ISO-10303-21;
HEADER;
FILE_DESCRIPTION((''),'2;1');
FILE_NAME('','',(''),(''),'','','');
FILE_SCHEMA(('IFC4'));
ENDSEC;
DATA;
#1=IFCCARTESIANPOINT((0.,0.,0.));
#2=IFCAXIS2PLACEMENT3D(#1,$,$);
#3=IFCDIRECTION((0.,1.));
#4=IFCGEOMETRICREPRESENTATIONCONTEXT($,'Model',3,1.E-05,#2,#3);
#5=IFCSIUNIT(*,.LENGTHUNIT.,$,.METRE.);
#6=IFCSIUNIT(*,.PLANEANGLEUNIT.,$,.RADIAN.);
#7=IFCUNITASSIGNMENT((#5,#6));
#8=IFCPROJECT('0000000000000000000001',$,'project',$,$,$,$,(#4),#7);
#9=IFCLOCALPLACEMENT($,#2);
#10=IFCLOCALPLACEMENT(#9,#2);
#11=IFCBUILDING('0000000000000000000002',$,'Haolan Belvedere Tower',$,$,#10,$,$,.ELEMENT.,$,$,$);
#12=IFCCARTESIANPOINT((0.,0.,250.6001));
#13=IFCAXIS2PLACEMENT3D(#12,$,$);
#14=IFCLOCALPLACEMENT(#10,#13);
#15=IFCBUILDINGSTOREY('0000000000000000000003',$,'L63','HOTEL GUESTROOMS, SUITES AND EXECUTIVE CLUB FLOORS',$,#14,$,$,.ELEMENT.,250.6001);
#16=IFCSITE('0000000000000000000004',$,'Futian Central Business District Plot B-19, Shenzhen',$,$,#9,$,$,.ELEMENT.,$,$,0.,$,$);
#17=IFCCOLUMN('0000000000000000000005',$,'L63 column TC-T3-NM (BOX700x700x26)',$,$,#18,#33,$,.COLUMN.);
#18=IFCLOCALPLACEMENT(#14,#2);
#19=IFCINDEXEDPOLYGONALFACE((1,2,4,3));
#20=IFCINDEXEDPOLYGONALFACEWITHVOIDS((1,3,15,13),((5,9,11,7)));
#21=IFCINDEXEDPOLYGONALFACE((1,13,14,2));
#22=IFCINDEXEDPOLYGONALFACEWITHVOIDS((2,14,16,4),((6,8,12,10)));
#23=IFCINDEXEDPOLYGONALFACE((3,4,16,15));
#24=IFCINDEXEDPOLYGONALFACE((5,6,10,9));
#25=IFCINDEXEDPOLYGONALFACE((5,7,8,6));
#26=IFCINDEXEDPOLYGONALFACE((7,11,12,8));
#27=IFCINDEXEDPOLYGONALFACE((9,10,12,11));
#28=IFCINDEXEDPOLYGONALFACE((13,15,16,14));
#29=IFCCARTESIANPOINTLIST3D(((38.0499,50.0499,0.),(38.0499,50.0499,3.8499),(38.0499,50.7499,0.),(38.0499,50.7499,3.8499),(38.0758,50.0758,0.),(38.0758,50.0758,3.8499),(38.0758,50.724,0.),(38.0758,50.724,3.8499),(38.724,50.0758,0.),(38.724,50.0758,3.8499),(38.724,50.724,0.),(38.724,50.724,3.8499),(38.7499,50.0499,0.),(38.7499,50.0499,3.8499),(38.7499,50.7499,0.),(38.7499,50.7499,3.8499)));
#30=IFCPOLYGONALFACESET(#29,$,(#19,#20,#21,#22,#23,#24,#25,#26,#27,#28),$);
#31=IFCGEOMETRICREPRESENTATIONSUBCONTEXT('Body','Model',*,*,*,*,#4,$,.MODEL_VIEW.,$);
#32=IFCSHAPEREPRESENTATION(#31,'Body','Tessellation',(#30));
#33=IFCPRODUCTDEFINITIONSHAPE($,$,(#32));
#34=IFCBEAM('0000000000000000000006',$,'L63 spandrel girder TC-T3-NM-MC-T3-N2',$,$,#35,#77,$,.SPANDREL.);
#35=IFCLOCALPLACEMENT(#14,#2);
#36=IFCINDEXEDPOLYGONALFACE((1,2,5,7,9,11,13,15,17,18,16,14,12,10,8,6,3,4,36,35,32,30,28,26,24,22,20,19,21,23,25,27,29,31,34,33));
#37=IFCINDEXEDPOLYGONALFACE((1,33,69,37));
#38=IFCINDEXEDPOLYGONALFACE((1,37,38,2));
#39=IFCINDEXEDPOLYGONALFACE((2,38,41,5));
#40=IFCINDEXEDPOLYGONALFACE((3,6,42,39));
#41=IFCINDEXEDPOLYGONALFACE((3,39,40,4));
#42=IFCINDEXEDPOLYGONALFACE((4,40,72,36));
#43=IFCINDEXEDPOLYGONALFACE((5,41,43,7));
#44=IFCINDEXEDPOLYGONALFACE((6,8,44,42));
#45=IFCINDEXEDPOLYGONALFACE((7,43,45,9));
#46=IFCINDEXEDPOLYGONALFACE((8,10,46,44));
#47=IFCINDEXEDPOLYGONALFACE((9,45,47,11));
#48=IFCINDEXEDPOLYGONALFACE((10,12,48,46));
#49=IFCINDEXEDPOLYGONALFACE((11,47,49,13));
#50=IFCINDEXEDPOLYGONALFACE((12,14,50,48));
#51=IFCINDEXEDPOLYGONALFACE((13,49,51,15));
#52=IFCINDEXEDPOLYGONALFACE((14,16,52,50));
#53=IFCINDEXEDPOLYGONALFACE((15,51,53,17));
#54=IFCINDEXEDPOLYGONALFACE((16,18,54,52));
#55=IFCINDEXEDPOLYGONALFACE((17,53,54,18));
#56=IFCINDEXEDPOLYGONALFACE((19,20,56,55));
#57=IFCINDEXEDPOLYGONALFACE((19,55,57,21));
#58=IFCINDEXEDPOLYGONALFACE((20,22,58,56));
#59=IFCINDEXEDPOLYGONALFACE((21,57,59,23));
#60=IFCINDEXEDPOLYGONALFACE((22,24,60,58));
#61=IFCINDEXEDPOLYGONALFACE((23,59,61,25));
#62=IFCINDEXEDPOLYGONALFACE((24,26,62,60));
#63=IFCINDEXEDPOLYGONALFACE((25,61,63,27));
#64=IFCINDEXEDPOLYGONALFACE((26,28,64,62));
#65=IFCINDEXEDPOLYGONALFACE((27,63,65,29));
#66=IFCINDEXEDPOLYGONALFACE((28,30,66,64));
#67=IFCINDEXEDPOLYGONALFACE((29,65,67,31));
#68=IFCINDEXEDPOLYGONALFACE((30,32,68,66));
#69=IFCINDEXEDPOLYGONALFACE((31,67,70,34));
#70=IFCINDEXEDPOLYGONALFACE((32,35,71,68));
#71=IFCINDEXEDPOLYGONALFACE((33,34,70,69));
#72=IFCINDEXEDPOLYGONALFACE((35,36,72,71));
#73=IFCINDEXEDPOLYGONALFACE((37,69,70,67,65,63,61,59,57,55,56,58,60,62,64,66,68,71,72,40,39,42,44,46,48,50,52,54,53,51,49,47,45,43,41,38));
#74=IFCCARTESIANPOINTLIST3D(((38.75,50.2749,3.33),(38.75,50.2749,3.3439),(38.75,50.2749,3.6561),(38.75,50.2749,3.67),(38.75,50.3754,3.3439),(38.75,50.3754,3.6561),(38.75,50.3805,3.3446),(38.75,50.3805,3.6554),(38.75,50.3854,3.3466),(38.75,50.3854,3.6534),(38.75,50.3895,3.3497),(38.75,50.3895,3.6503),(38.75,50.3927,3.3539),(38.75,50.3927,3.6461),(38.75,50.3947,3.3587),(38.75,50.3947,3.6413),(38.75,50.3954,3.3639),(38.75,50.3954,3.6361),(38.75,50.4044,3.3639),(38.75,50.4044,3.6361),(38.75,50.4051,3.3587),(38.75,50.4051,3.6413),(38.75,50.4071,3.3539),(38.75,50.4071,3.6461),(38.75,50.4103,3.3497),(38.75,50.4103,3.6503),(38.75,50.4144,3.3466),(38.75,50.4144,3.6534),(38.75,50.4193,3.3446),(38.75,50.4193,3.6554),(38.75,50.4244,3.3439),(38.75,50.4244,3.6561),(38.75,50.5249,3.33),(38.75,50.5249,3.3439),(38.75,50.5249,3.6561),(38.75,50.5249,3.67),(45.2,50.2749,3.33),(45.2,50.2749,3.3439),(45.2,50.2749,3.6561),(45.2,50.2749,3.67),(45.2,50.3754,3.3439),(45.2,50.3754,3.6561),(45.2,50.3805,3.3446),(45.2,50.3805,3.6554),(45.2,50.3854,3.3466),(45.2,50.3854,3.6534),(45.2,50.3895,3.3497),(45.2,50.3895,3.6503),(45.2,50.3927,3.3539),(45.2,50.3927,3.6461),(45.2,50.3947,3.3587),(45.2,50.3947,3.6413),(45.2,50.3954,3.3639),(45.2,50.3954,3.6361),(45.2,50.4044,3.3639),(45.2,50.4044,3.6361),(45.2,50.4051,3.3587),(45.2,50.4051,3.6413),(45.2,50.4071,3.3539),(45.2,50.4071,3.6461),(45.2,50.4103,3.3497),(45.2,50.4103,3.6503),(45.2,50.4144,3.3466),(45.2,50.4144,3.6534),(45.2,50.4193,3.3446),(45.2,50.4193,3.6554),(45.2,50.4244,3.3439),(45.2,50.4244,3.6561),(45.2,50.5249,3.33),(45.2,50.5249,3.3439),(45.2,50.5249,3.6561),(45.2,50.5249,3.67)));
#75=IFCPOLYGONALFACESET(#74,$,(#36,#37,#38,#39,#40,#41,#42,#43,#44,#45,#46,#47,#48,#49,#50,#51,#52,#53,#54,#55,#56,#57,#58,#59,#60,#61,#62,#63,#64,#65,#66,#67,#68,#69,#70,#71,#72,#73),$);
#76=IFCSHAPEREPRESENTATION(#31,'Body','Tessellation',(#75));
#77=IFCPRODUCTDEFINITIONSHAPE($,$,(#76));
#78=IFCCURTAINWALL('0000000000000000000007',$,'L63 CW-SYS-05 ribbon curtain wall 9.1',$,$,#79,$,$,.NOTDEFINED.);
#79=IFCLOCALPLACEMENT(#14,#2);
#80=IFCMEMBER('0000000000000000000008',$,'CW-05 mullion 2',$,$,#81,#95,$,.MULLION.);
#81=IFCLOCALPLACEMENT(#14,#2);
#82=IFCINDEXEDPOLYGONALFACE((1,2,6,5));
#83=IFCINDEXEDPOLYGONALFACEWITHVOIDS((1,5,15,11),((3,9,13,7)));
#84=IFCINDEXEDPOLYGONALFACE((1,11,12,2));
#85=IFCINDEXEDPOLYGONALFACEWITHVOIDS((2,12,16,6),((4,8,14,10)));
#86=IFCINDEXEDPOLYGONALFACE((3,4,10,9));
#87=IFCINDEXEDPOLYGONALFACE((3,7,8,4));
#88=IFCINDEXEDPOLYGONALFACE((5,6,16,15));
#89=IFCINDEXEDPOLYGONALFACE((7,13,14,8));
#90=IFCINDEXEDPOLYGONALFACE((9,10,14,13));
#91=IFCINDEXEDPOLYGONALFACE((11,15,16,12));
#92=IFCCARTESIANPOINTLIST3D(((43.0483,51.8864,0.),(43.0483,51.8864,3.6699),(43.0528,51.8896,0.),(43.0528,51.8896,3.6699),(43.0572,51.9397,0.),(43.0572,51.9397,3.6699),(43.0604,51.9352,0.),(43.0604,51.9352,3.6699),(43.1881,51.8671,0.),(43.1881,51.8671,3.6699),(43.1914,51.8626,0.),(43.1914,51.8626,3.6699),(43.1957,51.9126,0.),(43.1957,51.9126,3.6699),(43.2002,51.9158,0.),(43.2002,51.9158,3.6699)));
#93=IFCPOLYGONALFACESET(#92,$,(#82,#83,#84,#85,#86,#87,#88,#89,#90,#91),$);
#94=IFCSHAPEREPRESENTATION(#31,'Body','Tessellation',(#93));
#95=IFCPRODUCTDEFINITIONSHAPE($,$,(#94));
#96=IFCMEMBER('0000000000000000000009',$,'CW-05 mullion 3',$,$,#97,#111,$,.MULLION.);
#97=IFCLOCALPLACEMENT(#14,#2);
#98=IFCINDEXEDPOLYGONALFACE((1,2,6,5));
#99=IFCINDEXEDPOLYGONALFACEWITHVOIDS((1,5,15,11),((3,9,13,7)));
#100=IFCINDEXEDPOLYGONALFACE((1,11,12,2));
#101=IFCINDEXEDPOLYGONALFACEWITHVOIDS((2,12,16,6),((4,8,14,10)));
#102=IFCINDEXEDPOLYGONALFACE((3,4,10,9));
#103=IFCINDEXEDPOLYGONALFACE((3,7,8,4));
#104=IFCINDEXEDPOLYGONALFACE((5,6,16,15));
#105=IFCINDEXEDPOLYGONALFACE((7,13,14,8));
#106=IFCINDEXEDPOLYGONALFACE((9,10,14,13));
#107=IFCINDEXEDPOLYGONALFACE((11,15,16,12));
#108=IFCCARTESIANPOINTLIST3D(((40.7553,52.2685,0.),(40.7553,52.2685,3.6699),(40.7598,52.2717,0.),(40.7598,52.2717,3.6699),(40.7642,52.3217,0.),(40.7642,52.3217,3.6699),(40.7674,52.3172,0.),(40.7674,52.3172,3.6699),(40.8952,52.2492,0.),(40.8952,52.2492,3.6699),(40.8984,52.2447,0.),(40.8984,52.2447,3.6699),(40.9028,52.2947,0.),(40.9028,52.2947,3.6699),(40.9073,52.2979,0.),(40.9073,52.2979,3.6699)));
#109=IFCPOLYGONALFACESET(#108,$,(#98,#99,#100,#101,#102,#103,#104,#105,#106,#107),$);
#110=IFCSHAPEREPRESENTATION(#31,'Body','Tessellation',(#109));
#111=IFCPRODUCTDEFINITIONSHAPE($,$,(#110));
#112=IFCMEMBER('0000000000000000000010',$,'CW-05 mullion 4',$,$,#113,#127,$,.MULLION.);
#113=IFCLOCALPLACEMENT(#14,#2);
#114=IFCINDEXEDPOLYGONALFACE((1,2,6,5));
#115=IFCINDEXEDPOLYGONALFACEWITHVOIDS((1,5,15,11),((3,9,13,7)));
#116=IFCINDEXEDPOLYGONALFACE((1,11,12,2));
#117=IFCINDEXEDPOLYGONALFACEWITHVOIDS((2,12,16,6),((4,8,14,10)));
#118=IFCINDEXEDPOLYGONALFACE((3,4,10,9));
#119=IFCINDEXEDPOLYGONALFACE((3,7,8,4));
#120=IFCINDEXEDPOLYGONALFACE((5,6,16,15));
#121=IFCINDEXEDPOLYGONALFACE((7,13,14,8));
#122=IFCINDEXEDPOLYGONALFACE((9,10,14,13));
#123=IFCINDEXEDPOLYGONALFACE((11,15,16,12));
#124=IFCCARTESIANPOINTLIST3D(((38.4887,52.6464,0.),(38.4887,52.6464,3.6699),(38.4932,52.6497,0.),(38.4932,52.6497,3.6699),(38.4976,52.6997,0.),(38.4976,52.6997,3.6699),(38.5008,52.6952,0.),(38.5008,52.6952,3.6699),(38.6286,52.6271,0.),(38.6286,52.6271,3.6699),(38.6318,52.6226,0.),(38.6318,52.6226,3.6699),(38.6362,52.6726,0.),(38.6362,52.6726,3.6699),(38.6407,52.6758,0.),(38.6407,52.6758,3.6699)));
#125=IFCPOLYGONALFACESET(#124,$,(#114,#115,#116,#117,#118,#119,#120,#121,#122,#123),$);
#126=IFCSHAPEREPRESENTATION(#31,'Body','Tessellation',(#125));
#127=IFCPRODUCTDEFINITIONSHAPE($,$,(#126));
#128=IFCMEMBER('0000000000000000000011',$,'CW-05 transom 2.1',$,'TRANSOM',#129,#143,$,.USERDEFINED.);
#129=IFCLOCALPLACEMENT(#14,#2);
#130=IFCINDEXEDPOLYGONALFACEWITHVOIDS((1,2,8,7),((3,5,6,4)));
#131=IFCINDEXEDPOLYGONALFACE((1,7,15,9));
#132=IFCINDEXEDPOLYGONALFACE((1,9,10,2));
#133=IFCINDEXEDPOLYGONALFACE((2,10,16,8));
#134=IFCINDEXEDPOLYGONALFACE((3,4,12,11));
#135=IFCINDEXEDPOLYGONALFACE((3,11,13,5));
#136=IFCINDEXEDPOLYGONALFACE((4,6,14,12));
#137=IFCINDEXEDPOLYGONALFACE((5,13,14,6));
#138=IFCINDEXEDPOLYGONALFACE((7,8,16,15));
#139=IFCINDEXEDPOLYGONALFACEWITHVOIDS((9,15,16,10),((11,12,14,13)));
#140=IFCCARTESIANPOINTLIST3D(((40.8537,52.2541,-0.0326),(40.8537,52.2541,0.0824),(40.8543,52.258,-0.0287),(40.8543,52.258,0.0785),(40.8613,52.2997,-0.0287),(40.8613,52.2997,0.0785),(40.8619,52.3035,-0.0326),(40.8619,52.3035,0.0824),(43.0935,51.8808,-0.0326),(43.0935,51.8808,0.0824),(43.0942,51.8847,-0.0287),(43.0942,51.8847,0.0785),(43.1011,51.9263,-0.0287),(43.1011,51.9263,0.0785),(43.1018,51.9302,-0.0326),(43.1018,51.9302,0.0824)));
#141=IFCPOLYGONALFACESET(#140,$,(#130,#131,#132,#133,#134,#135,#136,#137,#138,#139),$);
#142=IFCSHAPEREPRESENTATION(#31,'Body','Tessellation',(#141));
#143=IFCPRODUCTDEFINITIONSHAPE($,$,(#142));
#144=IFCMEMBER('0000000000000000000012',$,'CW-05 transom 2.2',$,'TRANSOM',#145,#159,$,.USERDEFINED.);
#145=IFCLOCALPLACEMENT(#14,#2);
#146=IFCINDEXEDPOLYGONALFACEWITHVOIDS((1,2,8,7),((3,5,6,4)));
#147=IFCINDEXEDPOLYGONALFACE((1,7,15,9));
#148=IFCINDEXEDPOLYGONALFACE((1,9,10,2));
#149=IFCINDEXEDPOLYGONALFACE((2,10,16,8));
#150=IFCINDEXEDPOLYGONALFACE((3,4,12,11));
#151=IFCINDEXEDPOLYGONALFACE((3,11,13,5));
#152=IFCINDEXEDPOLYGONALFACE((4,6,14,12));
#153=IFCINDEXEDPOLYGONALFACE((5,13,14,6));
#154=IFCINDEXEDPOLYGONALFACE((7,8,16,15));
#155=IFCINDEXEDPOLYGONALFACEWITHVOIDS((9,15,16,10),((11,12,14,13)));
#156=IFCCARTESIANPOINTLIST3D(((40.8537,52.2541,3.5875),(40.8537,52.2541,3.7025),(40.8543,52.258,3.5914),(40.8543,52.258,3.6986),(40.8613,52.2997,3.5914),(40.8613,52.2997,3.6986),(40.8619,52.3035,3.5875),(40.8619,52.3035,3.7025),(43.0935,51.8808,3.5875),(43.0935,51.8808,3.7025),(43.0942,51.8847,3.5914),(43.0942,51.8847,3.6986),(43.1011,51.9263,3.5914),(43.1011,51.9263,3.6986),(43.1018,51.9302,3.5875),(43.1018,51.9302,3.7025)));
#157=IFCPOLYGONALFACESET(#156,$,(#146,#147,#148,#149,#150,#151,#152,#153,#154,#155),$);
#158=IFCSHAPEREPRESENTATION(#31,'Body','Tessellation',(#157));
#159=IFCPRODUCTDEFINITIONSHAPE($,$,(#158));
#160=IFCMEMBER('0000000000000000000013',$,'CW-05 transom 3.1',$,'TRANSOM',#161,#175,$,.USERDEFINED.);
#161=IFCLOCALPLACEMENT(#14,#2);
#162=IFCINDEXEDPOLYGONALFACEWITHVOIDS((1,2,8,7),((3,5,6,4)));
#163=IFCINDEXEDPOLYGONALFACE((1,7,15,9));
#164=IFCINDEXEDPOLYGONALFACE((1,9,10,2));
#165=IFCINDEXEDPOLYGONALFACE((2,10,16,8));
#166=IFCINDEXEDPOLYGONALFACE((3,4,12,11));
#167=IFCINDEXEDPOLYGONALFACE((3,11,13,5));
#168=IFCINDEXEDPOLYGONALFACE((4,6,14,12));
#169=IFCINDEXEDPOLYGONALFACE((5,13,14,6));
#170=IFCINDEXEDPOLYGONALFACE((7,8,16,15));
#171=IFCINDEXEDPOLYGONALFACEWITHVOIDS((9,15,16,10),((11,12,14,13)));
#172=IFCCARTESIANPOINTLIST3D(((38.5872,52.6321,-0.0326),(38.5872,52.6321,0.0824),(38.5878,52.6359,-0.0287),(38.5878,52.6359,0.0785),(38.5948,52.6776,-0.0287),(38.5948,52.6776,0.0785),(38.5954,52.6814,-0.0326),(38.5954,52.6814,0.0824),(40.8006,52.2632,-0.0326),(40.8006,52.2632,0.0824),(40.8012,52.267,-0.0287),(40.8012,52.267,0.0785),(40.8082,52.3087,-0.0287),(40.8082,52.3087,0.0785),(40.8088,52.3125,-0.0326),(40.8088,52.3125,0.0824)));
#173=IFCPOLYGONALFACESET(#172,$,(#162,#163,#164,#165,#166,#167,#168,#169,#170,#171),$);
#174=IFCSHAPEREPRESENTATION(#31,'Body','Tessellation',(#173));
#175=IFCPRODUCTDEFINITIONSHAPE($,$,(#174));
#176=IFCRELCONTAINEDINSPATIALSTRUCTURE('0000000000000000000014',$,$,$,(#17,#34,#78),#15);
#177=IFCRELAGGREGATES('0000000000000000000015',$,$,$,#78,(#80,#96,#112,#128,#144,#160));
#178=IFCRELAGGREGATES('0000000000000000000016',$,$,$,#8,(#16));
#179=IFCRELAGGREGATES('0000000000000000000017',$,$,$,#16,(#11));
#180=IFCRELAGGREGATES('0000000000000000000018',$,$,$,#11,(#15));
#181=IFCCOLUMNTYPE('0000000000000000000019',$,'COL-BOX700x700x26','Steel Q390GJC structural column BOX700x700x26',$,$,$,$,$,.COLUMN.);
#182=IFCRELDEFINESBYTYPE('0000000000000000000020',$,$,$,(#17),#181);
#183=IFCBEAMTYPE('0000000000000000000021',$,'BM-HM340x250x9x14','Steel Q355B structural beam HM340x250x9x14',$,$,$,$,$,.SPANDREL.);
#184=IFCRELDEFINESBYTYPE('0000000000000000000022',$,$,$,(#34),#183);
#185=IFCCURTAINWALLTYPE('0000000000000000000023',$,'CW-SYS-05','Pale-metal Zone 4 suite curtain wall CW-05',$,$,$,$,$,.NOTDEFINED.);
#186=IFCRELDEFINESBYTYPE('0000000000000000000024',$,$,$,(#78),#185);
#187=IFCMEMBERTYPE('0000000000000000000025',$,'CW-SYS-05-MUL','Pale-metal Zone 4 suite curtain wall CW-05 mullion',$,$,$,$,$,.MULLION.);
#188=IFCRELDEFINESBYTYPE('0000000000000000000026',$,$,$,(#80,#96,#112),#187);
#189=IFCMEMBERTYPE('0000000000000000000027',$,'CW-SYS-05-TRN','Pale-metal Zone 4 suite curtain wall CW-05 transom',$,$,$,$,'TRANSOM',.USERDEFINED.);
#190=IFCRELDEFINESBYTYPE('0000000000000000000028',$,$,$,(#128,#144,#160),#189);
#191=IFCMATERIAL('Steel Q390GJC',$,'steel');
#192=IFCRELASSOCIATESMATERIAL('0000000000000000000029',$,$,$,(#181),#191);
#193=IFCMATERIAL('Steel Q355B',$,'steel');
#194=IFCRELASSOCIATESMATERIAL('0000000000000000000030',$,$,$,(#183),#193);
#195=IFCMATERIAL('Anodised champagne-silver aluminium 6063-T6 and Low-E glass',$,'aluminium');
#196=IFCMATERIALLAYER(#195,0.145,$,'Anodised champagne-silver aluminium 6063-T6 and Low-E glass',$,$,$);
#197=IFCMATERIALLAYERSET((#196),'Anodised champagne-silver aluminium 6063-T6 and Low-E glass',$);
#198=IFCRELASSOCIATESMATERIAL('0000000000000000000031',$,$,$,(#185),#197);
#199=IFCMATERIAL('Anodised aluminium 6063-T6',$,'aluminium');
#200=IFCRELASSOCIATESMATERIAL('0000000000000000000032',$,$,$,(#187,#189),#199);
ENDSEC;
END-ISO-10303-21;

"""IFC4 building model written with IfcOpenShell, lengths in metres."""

from ifc_helpers import new_model, si_unit, direction, frame, origin, origin_2d, place, context, subcontext, project, spatial, hollow_rectangle, i_section, extrude, material, layer, layer_set, material_profile, profile_set, type_object, element, aggregate, save


model = new_model("IFC4")

# Units and contexts
model_context = context("Model", 3, precision=1e-05, world=origin(), true_north=direction((0.0, 1.0)))
body_context = subcontext(model_context, "Body", "Model", "MODEL_VIEW")
ifc_project = project(units=[si_unit("LENGTHUNIT", "METRE"), si_unit("PLANEANGLEUNIT", "RADIAN")], contexts=[model_context])

# Site, building, storey
site_placement = place(None, origin())
site = spatial("IfcSite", under=ifc_project, at=site_placement, Name="Futian Central Business District Plot B-19, Shenzhen", CompositionType="ELEMENT", RefElevation=0.0)
building_placement = place(site_placement, origin())
building = spatial("IfcBuilding", under=site, at=building_placement, Name="Haolan Belvedere Tower", CompositionType="ELEMENT")
storey_placement = place(building_placement, frame((0.0, 0.0, 250.6001)))
storey = spatial("IfcBuildingStorey", under=building, at=storey_placement, Name="L63", Description="HOTEL GUESTROOMS, SUITES AND EXECUTIVE CLUB FLOORS", CompositionType="ELEMENT", Elevation=250.6001)

# Column
ifc_material_1 = material(Name="Steel Q390GJC", Category="steel")
ifc_material_profile_1 = material_profile(ifc_material_1, hollow_rectangle(XDim=0.7, YDim=0.7, WallThickness=0.0259, at=origin_2d()), Name="Steel Q390GJC")
ifc_profile_set_1 = profile_set([ifc_material_profile_1], Name="Steel Q390GJC")
column_type = type_object("IfcColumnType", Name="COL-BOX700x700x26", Description="Steel Q390GJC structural column BOX700x700x26", PredefinedType="COLUMN", material=ifc_profile_set_1)
column_placement = place(storey_placement, frame((38.3999, 50.3999, 0.0), z_axis=(0.0, 0.0, 1.0), x_axis=(1.0, 0.0, 0.0)))
element("IfcColumn", 1, at=column_placement, inside=storey, type_object=column_type, Name="L63 column TC-T3-NM (BOX700x700x26)", PredefinedType="COLUMN", context=body_context, shape_type="SweptSolid", body=[
    extrude(hollow_rectangle(XDim=0.7, YDim=0.7, WallThickness=0.0259, at=origin_2d()), origin(), (0.0, 0.0, 1.0), 3.8499),
])

# Beam
ifc_material_2 = material(Name="Steel Q355B", Category="steel")
ifc_material_profile_2 = material_profile(ifc_material_2, i_section(OverallWidth=0.25, OverallDepth=0.3401, WebThickness=0.009, FlangeThickness=0.0139, FilletRadius=0.02, at=origin_2d()), Name="Steel Q355B")
ifc_profile_set_2 = profile_set([ifc_material_profile_2], Name="Steel Q355B")
beam_type = type_object("IfcBeamType", Name="BM-HM340x250x9x14", Description="Steel Q355B structural beam HM340x250x9x14", PredefinedType="SPANDREL", material=ifc_profile_set_2)
beam_placement = place(storey_placement, frame((38.75, 50.3999, 3.5), z_axis=(1.0, 0.0, 0.0), x_axis=(0.0, 1.0, 0.0)))
element("IfcBeam", 2, at=beam_placement, inside=storey, type_object=beam_type, Name="L63 spandrel girder TC-T3-NM-MC-T3-N2", PredefinedType="SPANDREL", context=body_context, shape_type="SweptSolid", body=[
    extrude(i_section(OverallWidth=0.25, OverallDepth=0.3401, WebThickness=0.009, FlangeThickness=0.0139, FilletRadius=0.02, at=origin_2d()), origin(), (0.0, 0.0, 1.0), 6.45),
])

# Curtain wall, members
ifc_material_3 = material(Name="Anodised champagne-silver aluminium 6063-T6 and Low-E glass", Category="aluminium")
ifc_layer_1 = layer(ifc_material_3, 0.145, Name="Anodised champagne-silver aluminium 6063-T6 and Low-E glass")
ifc_layer_set_1 = layer_set([ifc_layer_1], Name="Anodised champagne-silver aluminium 6063-T6 and Low-E glass")
curtain_wall_type = type_object("IfcCurtainWallType", Name="CW-SYS-05", Description="Pale-metal Zone 4 suite curtain wall CW-05", PredefinedType="NOTDEFINED", material=ifc_layer_set_1)
curtain_wall_placement = place(storey_placement, origin())
curtain_wall = element("IfcCurtainWall", 3, at=curtain_wall_placement, inside=storey, type_object=curtain_wall_type, Name="L63 CW-SYS-05 ribbon curtain wall 9.1", PredefinedType="NOTDEFINED")
ifc_material_4 = material(Name="Anodised aluminium 6063-T6", Category="aluminium")
ifc_material_profile_3 = material_profile(ifc_material_4, hollow_rectangle(XDim=0.054, YDim=0.145, WallThickness=0.0039, at=origin_2d()), Name="Anodised aluminium 6063-T6")
ifc_profile_set_3 = profile_set([ifc_material_profile_3], Name="Anodised aluminium 6063-T6")
member_type_1 = type_object("IfcMemberType", Name="CW-SYS-05-MUL", Description="Pale-metal Zone 4 suite curtain wall CW-05 mullion", PredefinedType="MULLION", material=ifc_profile_set_3)
member_1_placement = place(storey_placement, frame((43.1243, 51.9011, 0.0), z_axis=(0.0, 0.0, 1.0), x_axis=(-0.164406, -0.986393, 0.0)))
member_1 = element("IfcMember", 4, at=member_1_placement, type_object=member_type_1, Name="CW-05 mullion 2", PredefinedType="MULLION", context=body_context, shape_type="SweptSolid", body=[
    extrude(hollow_rectangle(XDim=0.054, YDim=0.145, WallThickness=0.0039, at=origin_2d()), origin(), (0.0, 0.0, 1.0), 3.6699),
])
member_2_placement = place(storey_placement, frame((40.8313, 52.2832, 0.0), z_axis=(0.0, 0.0, 1.0), x_axis=(-0.164406, -0.986393, 0.0)))
member_2 = element("IfcMember", 5, at=member_2_placement, type_object=member_type_1, Name="CW-05 mullion 3", PredefinedType="MULLION", context=body_context, shape_type="SweptSolid", body=[
    extrude(hollow_rectangle(XDim=0.054, YDim=0.145, WallThickness=0.0039, at=origin_2d()), origin(), (0.0, 0.0, 1.0), 3.6699),
])
member_3_placement = place(storey_placement, frame((38.5647, 52.6611, 0.0), z_axis=(0.0, 0.0, 1.0), x_axis=(-0.164406, -0.986393, 0.0)))
member_3 = element("IfcMember", 6, at=member_3_placement, type_object=member_type_1, Name="CW-05 mullion 4", PredefinedType="MULLION", context=body_context, shape_type="SweptSolid", body=[
    extrude(hollow_rectangle(XDim=0.054, YDim=0.145, WallThickness=0.0039, at=origin_2d()), origin(), (0.0, 0.0, 1.0), 3.6699),
])
ifc_material_profile_4 = material_profile(ifc_material_4, hollow_rectangle(XDim=0.05, YDim=0.115, WallThickness=0.0039, at=origin_2d()), Name="Anodised aluminium 6063-T6")
ifc_profile_set_4 = profile_set([ifc_material_profile_4], Name="Anodised aluminium 6063-T6")
member_type_2 = type_object("IfcMemberType", Name="CW-SYS-05-TRN", Description="Pale-metal Zone 4 suite curtain wall CW-05 transom", ElementType="TRANSOM", PredefinedType="USERDEFINED", material=ifc_profile_set_4)
member_4_placement = place(storey_placement, frame((43.0977, 51.9055, 0.0249), z_axis=(-0.986394, 0.164399, 0.0), x_axis=(-0.164399, -0.986394, 0.0)))
member_4 = element("IfcMember", 7, at=member_4_placement, type_object=member_type_2, Name="CW-05 transom 2.1", ObjectType="TRANSOM", PredefinedType="USERDEFINED", context=body_context, shape_type="SweptSolid", body=[
    extrude(hollow_rectangle(XDim=0.05, YDim=0.115, WallThickness=0.0039, at=origin_2d()), origin(), (0.0, 0.0, 1.0), 2.2708),
])
member_5_placement = place(storey_placement, frame((43.0977, 51.9055, 3.645), z_axis=(-0.986394, 0.164399, 0.0), x_axis=(-0.164399, -0.986394, 0.0)))
member_5 = element("IfcMember", 8, at=member_5_placement, type_object=member_type_2, Name="CW-05 transom 2.2", ObjectType="TRANSOM", PredefinedType="USERDEFINED", context=body_context, shape_type="SweptSolid", body=[
    extrude(hollow_rectangle(XDim=0.05, YDim=0.115, WallThickness=0.0039, at=origin_2d()), origin(), (0.0, 0.0, 1.0), 2.2708),
])
member_6_placement = place(storey_placement, frame((40.8047, 52.2878, 0.0249), z_axis=(-0.986394, 0.164399, 0.0), x_axis=(-0.164399, -0.986394, 0.0)))
member_6 = element("IfcMember", 9, at=member_6_placement, type_object=member_type_2, Name="CW-05 transom 3.1", ObjectType="TRANSOM", PredefinedType="USERDEFINED", context=body_context, shape_type="SweptSolid", body=[
    extrude(hollow_rectangle(XDim=0.05, YDim=0.115, WallThickness=0.0039, at=origin_2d()), origin(), (0.0, 0.0, 1.0), 2.2439),
])
aggregate(curtain_wall, [member_1, member_2, member_3, member_4, member_5, member_6])

save(model, "model.ifc")
